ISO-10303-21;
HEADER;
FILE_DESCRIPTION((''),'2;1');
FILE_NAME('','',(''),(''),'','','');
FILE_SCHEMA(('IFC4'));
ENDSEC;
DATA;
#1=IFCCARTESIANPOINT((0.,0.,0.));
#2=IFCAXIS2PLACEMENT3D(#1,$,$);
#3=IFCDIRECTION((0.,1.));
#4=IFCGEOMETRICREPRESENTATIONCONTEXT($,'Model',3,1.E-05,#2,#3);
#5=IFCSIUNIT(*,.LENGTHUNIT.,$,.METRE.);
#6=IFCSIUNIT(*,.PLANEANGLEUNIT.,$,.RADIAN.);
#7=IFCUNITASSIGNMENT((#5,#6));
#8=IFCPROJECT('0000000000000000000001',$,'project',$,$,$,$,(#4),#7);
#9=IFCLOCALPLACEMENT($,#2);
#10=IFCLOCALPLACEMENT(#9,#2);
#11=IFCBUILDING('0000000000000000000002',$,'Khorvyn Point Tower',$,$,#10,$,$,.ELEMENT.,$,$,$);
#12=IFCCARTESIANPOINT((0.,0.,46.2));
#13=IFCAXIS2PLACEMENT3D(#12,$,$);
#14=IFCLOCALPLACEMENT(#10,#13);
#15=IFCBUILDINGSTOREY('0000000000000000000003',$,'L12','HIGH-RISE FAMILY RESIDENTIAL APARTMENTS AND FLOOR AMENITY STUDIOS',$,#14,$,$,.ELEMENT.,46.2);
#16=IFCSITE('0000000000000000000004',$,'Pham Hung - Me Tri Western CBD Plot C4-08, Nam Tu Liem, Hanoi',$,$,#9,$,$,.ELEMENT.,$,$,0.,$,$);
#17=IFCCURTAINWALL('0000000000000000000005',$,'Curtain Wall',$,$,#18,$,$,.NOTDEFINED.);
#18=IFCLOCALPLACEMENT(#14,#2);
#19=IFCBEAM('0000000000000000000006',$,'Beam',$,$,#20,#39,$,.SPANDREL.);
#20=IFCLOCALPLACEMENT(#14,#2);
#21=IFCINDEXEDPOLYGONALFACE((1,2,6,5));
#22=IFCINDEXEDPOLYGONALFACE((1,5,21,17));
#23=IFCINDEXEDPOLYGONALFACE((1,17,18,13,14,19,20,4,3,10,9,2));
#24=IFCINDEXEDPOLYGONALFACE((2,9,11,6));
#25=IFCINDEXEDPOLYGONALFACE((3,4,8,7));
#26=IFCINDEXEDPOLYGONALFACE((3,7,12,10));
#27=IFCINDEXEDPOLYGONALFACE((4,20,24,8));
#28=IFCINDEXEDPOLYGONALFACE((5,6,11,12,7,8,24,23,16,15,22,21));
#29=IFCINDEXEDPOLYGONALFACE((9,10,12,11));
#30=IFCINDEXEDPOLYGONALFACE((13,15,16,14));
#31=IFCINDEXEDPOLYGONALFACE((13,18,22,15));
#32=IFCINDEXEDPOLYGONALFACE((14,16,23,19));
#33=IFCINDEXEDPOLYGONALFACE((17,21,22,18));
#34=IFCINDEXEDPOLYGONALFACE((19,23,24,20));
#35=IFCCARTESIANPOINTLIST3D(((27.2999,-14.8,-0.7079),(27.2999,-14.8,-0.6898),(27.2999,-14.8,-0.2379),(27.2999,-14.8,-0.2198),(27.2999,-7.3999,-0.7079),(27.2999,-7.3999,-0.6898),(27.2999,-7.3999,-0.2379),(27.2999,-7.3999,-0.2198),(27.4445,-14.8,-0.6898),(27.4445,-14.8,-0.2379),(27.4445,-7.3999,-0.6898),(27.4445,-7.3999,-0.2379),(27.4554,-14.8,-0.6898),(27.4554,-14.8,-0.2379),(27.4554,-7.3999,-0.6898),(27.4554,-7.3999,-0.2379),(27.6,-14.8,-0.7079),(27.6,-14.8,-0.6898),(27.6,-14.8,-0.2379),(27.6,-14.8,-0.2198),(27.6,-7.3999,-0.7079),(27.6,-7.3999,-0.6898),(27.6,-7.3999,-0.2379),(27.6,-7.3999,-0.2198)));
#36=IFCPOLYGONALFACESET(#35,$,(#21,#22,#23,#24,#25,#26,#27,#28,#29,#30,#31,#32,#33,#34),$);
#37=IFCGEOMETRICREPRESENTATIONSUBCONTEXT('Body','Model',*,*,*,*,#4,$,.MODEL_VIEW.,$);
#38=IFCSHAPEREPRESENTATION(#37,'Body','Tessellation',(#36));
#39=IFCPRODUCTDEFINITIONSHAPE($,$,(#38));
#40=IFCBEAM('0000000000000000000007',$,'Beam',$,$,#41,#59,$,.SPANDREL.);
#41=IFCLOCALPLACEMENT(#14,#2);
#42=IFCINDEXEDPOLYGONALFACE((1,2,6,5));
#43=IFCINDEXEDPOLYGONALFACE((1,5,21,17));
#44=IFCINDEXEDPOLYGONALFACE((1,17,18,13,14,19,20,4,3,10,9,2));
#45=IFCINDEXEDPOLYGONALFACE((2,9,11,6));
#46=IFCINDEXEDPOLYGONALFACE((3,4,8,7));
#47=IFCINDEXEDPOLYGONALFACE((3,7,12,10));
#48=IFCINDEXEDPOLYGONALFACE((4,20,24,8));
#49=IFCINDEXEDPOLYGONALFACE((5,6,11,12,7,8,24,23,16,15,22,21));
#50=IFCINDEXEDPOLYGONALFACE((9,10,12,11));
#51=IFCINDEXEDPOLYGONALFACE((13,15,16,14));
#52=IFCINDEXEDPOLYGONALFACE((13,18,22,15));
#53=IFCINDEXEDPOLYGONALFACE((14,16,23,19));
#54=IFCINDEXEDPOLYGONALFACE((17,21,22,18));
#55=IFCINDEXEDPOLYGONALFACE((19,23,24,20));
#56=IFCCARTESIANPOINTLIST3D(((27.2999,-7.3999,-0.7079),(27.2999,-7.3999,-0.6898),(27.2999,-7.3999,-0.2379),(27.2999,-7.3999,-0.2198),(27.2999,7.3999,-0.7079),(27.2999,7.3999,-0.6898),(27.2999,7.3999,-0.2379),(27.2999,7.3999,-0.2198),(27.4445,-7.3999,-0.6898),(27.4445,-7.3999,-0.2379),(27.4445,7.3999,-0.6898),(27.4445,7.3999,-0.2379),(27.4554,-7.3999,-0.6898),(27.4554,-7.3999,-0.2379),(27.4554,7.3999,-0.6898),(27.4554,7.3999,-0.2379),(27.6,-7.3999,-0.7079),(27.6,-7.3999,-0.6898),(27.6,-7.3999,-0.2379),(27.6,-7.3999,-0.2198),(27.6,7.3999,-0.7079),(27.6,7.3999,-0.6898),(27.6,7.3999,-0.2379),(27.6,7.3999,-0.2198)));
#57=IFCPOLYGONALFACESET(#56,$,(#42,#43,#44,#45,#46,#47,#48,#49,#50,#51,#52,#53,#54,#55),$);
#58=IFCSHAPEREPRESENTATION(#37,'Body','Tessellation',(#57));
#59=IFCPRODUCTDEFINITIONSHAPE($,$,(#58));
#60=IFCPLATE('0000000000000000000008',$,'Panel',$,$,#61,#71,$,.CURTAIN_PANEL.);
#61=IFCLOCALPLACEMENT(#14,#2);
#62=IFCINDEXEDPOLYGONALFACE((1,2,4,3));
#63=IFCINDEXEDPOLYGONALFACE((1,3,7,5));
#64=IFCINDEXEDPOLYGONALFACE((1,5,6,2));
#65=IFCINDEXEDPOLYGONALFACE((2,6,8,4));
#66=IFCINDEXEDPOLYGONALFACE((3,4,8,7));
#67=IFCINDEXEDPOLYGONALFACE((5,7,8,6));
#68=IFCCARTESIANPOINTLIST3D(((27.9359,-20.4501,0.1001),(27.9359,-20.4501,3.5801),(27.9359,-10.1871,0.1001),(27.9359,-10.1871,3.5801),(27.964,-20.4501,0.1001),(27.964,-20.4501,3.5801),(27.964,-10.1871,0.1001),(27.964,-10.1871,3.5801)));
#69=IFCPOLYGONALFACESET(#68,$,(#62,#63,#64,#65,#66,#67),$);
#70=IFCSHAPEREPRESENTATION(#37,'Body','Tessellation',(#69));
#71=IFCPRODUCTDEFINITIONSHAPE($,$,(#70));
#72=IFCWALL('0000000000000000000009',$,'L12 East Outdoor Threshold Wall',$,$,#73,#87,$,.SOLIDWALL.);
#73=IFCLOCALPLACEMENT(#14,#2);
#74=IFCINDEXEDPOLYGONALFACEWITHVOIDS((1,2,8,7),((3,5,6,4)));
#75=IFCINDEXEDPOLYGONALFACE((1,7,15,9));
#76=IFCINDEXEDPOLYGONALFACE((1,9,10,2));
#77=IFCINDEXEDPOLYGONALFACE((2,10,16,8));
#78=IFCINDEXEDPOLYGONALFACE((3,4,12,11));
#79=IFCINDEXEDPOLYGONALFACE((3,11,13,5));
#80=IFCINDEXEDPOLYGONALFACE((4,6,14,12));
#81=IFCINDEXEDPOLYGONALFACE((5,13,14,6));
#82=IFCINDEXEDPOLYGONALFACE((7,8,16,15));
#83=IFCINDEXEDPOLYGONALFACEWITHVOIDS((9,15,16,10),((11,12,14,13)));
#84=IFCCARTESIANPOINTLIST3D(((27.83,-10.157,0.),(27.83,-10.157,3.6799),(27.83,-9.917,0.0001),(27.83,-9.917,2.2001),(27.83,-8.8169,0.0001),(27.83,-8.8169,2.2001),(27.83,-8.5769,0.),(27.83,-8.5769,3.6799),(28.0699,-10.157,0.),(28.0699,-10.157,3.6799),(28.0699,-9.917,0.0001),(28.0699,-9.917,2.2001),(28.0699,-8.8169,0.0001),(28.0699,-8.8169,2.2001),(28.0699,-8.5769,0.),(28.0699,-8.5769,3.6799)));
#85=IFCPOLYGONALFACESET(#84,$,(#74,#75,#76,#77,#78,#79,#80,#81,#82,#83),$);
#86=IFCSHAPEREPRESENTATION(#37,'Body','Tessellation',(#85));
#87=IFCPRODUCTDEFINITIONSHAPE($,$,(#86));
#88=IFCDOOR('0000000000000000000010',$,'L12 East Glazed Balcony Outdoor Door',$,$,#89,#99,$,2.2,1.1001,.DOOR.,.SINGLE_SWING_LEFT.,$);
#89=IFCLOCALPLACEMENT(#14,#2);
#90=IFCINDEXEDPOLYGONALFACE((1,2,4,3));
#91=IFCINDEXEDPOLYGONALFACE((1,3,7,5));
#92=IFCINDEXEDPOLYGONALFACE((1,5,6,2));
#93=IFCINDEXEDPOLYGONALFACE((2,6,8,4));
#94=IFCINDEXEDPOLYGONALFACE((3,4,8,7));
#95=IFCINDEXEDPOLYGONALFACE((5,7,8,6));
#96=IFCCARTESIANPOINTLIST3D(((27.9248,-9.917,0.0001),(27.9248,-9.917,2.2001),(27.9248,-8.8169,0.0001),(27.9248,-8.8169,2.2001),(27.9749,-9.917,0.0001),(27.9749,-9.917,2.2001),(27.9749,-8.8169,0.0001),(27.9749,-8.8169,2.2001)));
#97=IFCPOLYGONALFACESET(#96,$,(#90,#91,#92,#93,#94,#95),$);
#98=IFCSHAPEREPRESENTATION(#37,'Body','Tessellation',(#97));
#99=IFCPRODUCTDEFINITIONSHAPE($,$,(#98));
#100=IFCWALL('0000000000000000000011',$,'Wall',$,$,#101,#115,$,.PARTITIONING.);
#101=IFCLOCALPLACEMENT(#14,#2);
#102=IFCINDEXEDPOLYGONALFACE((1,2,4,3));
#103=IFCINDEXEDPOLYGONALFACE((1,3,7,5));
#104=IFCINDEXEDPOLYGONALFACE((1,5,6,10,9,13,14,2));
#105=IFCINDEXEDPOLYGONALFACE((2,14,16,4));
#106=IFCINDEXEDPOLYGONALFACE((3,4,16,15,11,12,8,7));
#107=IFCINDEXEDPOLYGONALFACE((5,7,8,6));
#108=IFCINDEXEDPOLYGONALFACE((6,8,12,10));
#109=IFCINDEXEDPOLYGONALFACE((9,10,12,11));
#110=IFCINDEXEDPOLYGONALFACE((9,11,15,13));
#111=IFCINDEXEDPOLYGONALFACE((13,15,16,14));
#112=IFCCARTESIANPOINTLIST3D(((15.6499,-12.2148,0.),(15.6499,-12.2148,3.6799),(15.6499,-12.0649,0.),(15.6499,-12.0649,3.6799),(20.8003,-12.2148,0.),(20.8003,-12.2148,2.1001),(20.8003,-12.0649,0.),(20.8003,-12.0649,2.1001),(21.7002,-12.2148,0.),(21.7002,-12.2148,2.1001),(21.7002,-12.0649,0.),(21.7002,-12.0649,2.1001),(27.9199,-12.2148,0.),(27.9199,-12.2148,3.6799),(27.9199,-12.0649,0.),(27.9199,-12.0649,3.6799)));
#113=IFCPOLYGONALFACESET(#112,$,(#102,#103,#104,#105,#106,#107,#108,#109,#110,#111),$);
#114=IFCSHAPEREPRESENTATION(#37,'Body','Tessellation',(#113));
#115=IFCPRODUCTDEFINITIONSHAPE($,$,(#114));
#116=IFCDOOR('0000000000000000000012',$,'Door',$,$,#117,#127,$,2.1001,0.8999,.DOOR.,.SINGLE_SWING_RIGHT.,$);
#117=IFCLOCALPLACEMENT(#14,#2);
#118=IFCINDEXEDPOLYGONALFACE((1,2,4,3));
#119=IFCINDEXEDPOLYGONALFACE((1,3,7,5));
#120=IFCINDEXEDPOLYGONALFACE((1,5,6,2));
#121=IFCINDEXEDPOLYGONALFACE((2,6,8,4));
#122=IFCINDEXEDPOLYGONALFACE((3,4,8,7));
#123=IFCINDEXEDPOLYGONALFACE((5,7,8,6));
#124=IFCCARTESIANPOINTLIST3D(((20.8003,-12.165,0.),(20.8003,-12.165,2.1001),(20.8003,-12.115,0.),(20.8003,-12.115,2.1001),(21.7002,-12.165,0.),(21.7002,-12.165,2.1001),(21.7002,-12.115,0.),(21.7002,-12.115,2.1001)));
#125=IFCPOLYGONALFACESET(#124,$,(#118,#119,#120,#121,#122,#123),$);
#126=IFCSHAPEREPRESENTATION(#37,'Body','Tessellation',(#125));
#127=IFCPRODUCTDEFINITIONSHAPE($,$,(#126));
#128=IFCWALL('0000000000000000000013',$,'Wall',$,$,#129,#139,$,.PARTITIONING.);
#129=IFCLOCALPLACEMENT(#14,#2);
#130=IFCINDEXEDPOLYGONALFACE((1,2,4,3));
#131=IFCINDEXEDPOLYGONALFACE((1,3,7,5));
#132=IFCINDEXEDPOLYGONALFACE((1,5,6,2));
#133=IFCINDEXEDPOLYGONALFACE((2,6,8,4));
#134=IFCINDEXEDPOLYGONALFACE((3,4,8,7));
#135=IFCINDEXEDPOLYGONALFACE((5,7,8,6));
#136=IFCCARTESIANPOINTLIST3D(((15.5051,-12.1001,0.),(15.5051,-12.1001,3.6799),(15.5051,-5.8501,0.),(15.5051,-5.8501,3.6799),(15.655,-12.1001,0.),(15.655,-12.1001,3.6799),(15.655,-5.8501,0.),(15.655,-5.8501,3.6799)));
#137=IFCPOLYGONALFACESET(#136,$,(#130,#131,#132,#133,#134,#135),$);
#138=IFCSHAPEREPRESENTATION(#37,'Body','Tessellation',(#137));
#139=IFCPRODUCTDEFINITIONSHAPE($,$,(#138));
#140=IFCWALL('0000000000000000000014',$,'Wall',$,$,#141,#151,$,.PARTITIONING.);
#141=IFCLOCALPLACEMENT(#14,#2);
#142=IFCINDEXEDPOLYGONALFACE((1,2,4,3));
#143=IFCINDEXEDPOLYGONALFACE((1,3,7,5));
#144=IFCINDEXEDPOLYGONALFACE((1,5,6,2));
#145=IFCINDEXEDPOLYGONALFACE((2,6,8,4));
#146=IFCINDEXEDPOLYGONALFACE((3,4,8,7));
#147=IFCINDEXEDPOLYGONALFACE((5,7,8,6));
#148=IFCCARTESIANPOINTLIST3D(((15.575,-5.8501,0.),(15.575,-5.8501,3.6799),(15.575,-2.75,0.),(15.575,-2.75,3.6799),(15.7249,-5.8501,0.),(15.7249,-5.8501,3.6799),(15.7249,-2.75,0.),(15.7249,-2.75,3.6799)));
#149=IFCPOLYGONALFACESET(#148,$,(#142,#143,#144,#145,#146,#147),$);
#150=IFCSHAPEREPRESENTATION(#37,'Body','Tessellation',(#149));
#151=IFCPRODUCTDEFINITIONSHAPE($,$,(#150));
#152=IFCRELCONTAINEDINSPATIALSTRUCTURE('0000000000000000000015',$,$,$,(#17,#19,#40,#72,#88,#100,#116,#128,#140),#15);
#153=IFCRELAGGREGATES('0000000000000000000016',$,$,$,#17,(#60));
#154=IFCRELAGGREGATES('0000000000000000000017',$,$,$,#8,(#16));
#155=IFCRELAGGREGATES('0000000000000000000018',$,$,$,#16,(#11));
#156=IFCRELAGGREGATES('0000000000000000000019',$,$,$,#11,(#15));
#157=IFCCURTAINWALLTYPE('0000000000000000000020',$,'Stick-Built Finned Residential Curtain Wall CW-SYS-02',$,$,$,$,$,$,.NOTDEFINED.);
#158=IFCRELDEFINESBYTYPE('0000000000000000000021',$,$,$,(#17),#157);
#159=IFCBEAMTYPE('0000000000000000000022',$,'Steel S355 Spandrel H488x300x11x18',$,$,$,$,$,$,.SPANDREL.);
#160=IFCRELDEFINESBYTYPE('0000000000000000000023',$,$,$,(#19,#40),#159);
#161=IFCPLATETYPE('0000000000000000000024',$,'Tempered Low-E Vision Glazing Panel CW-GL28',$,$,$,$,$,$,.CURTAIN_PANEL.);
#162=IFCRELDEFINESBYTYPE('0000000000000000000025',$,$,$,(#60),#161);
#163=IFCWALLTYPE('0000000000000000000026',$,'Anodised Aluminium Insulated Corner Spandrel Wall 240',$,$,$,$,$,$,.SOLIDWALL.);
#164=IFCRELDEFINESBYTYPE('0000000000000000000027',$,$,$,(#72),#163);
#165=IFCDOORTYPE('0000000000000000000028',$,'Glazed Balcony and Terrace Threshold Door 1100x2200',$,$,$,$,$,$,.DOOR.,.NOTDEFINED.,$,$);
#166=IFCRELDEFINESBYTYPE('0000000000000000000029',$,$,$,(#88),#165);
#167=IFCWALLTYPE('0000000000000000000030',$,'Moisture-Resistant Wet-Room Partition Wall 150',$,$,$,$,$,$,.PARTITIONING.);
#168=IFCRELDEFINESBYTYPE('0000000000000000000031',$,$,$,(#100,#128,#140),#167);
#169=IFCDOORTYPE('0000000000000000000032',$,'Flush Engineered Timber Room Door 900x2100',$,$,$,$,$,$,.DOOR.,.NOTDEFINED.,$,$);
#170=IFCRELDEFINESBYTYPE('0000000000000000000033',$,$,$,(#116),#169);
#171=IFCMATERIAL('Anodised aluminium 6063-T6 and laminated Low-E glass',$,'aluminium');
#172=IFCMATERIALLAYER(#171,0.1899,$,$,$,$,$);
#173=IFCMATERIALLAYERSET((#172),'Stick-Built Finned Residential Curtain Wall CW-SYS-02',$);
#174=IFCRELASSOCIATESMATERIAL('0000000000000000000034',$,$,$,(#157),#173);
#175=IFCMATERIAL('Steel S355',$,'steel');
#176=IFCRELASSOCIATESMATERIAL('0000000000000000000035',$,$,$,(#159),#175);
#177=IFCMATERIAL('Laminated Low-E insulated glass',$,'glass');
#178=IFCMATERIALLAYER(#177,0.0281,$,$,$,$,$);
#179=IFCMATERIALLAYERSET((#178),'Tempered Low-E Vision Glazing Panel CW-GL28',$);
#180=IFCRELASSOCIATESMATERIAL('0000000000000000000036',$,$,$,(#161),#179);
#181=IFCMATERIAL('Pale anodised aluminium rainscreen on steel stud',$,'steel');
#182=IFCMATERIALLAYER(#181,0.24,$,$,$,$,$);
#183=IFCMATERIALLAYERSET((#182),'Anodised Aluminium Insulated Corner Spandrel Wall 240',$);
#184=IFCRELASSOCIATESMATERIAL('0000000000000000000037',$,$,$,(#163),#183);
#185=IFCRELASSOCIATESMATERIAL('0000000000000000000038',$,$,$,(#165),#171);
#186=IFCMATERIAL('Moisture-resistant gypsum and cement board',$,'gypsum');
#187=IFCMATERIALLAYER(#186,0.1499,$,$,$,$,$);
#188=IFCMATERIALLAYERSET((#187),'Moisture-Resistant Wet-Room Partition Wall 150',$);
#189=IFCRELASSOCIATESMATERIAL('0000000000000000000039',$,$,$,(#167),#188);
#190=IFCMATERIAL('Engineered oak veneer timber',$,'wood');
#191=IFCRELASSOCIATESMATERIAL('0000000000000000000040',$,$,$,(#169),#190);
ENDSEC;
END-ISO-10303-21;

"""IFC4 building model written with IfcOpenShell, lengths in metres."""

from ifc_helpers import new_model, si_unit, direction, frame, frame_2d, origin, origin_2d, place, context, subcontext, project, spatial, rectangle, i_section, extrude, material, layer, layer_set, material_profile, profile_set, type_object, element, fill, aggregate, save


model = new_model("IFC4")

# Units and contexts
model_context = context("Model", 3, precision=1e-05, world=origin(), true_north=direction((0.0, 1.0)))
body_context = subcontext(model_context, "Body", "Model", "MODEL_VIEW")
ifc_project = project(units=[si_unit("LENGTHUNIT", "METRE"), si_unit("PLANEANGLEUNIT", "RADIAN")], contexts=[model_context])

# Site, building, storey
site_placement = place(None, origin())
site = spatial("IfcSite", under=ifc_project, at=site_placement, Name="Pham Hung - Me Tri Western CBD Plot C4-08, Nam Tu Liem, Hanoi", CompositionType="ELEMENT", RefElevation=0.0)
building_placement = place(site_placement, origin())
building = spatial("IfcBuilding", under=site, at=building_placement, Name="Khorvyn Point Tower", CompositionType="ELEMENT")
storey_placement = place(building_placement, frame((0.0, 0.0, 46.2)))
storey = spatial("IfcBuildingStorey", under=building, at=storey_placement, Name="L12", Description="HIGH-RISE FAMILY RESIDENTIAL APARTMENTS AND FLOOR AMENITY STUDIOS", CompositionType="ELEMENT", Elevation=46.2)

# Shared definitions
ifc_material_1 = material(Name="Anodised aluminium 6063-T6 and laminated Low-E glass", Category="aluminium")
ifc_layer_1 = layer(ifc_material_1, 0.1899)
ifc_layer_set_1 = layer_set([ifc_layer_1], Name="Stick-Built Finned Residential Curtain Wall CW-SYS-02")
curtain_wall_type = type_object("IfcCurtainWallType", Name="Stick-Built Finned Residential Curtain Wall CW-SYS-02", PredefinedType="NOTDEFINED", material=ifc_layer_set_1)

# Curtain wall
curtain_wall_1_placement = place(storey_placement, origin())
curtain_wall_1 = element("IfcCurtainWall", 1, at=curtain_wall_1_placement, inside=storey, type_object=curtain_wall_type, Name="Curtain Wall", PredefinedType="NOTDEFINED")

# Beams
ifc_material_2 = material(Name="Steel S355", Category="steel")
ifc_material_profile_1 = material_profile(ifc_material_2, i_section(OverallWidth=0.3, OverallDepth=0.488, WebThickness=0.011, FlangeThickness=0.0181, at=origin_2d()))
ifc_profile_set_1 = profile_set([ifc_material_profile_1], Name="Steel S355 H488x300x11x18")
beam_type_1 = type_object("IfcBeamType", Name="Steel S355 Spandrel H488x300x11x18", PredefinedType="SPANDREL", material=ifc_profile_set_1)
beam_1_placement = place(storey_placement, frame((27.45, -14.8, -0.4639), z_axis=(0.0, 1.0, 0.0), x_axis=(-1.0, 0.0, 0.0)))
element("IfcBeam", 2, at=beam_1_placement, inside=storey, type_object=beam_type_1, Name="Beam", PredefinedType="SPANDREL", context=body_context, shape_type="SweptSolid", body=[
    extrude(i_section(OverallWidth=0.3, OverallDepth=0.488, WebThickness=0.011, FlangeThickness=0.0181, at=origin_2d()), origin(), (0.0, 0.0, 1.0), 7.4001),
])
beam_2_placement = place(storey_placement, frame((27.45, -7.3999, -0.4639), z_axis=(0.0, 1.0, 0.0), x_axis=(-1.0, 0.0, 0.0)))
element("IfcBeam", 3, at=beam_2_placement, inside=storey, type_object=beam_type_1, Name="Beam", PredefinedType="SPANDREL", context=body_context, shape_type="SweptSolid", body=[
    extrude(i_section(OverallWidth=0.3, OverallDepth=0.488, WebThickness=0.011, FlangeThickness=0.0181, at=origin_2d()), origin(), (0.0, 0.0, 1.0), 14.7998),
])

# Plate
ifc_material_3 = material(Name="Laminated Low-E insulated glass", Category="glass")
ifc_layer_2 = layer(ifc_material_3, 0.0281)
ifc_layer_set_2 = layer_set([ifc_layer_2], Name="Tempered Low-E Vision Glazing Panel CW-GL28")
plate_type = type_object("IfcPlateType", Name="Tempered Low-E Vision Glazing Panel CW-GL28", PredefinedType="CURTAIN_PANEL", material=ifc_layer_set_2)
plate_placement = place(storey_placement, frame((27.95, -15.3186, 0.1001), z_axis=(0.0, 0.0, 1.0), x_axis=(0.0, -1.0, 0.0)))
plate = element("IfcPlate", 4, at=plate_placement, type_object=plate_type, Name="Panel", PredefinedType="CURTAIN_PANEL", context=body_context, shape_type="SweptSolid", body=[
    extrude(rectangle(XDim=10.2629, YDim=0.0281, at=origin_2d()), origin(), (0.0, 0.0, 1.0), 3.48),
])
aggregate(curtain_wall_1, [plate])

# Walls, openings, doors
ifc_material_4 = material(Name="Pale anodised aluminium rainscreen on steel stud", Category="steel")
ifc_layer_3 = layer(ifc_material_4, 0.24)
ifc_layer_set_3 = layer_set([ifc_layer_3], Name="Anodised Aluminium Insulated Corner Spandrel Wall 240")
wall_type_1 = type_object("IfcWallType", Name="Anodised Aluminium Insulated Corner Spandrel Wall 240", PredefinedType="SOLIDWALL", material=ifc_layer_set_3)
wall_1_placement = place(storey_placement, frame((27.95, -8.5769, 0.0), z_axis=(0.0, 0.0, 1.0), x_axis=(0.0, -1.0, 0.0)))
wall_1 = element("IfcWall", 5, at=wall_1_placement, inside=storey, type_object=wall_type_1, Name="L12 East Outdoor Threshold Wall", PredefinedType="SOLIDWALL", context=body_context, shape_type="SweptSolid", body=[
    extrude(rectangle(XDim=1.5801, YDim=0.24, at=frame_2d((0.79, 0.0))), origin(), (0.0, 0.0, 1.0), 3.6799),
])
opening_1_placement = place(wall_1_placement, frame((0.24, 0.0, 0.0)))
opening_1 = element("IfcOpeningElement", 6, at=opening_1_placement, cuts=wall_1, PredefinedType="OPENING", context=body_context, shape_type="SweptSolid", body=[
    extrude(rectangle(XDim=1.1001, YDim=2.2, at=frame_2d((0.55, 1.1001))), frame((0.0, 0.1299, 0.0), z_axis=(0.0, -1.0, 0.0), x_axis=(1.0, 0.0, 0.0)), (0.0, 0.0, 1.0), 0.26),
])
door_type_1 = type_object("IfcDoorType", Name="Glazed Balcony and Terrace Threshold Door 1100x2200", OperationType="NOTDEFINED", PredefinedType="DOOR", material=ifc_material_1)
door_1_placement = place(opening_1_placement, origin())
door_1 = element("IfcDoor", 7, at=door_1_placement, inside=storey, type_object=door_type_1, Name="L12 East Glazed Balcony Outdoor Door", OperationType="SINGLE_SWING_LEFT", OverallHeight=2.2, OverallWidth=1.1001, PredefinedType="DOOR", context=body_context, shape_type="SweptSolid", body=[
    extrude(rectangle(XDim=1.1001, YDim=2.2, at=frame_2d((0.55, 1.1001))), frame((0.0, 0.0249, 0.0), z_axis=(0.0, -1.0, 0.0), x_axis=(1.0, 0.0, 0.0)), (0.0, 0.0, 1.0), 0.05),
])
fill(opening_1, door_1)
ifc_material_5 = material(Name="Moisture-resistant gypsum and cement board", Category="gypsum")
ifc_layer_4 = layer(ifc_material_5, 0.1499)
ifc_layer_set_4 = layer_set([ifc_layer_4], Name="Moisture-Resistant Wet-Room Partition Wall 150")
wall_type_2 = type_object("IfcWallType", Name="Moisture-Resistant Wet-Room Partition Wall 150", PredefinedType="PARTITIONING", material=ifc_layer_set_4)
wall_2_placement = place(storey_placement, frame((15.6499, -12.1399, 0.0), z_axis=(0.0, 0.0, 1.0), x_axis=(1.0, 0.0, 0.0)))
wall_2 = element("IfcWall", 8, at=wall_2_placement, inside=storey, type_object=wall_type_2, Name="Wall", PredefinedType="PARTITIONING", context=body_context, shape_type="SweptSolid", body=[
    extrude(rectangle(XDim=12.27, YDim=0.1499, at=frame_2d((6.135, 0.0))), origin(), (0.0, 0.0, 1.0), 3.6799),
])
opening_2_placement = place(wall_2_placement, frame((5.1504, 0.0, 0.0)))
opening_2 = element("IfcOpeningElement", 9, at=opening_2_placement, cuts=wall_2, PredefinedType="OPENING", context=body_context, shape_type="SweptSolid", body=[
    extrude(rectangle(XDim=0.8999, YDim=2.1001, at=frame_2d((0.45, 1.05))), frame((0.0, 0.085, 0.0), z_axis=(0.0, -1.0, 0.0), x_axis=(1.0, 0.0, 0.0)), (0.0, 0.0, 1.0), 0.1699),
])
ifc_material_6 = material(Name="Engineered oak veneer timber", Category="wood")
door_type_2 = type_object("IfcDoorType", Name="Flush Engineered Timber Room Door 900x2100", OperationType="NOTDEFINED", PredefinedType="DOOR", material=ifc_material_6)
door_2_placement = place(opening_2_placement, origin())
door_2 = element("IfcDoor", 10, at=door_2_placement, inside=storey, type_object=door_type_2, Name="Door", OperationType="SINGLE_SWING_RIGHT", OverallHeight=2.1001, OverallWidth=0.8999, PredefinedType="DOOR", context=body_context, shape_type="SweptSolid", body=[
    extrude(rectangle(XDim=0.8999, YDim=2.1001, at=frame_2d((0.45, 1.05))), frame((0.0, 0.0249, 0.0), z_axis=(0.0, -1.0, 0.0), x_axis=(1.0, 0.0, 0.0)), (0.0, 0.0, 1.0), 0.05),
])
fill(opening_2, door_2)

# Walls
wall_3_placement = place(storey_placement, frame((15.5801, -12.1001, 0.0), z_axis=(0.0, 0.0, 1.0), x_axis=(0.0, 1.0, 0.0)))
element("IfcWall", 11, at=wall_3_placement, inside=storey, type_object=wall_type_2, Name="Wall", PredefinedType="PARTITIONING", context=body_context, shape_type="SweptSolid", body=[
    extrude(rectangle(XDim=6.25, YDim=0.1499, at=frame_2d((3.125, 0.0))), origin(), (0.0, 0.0, 1.0), 3.6799),
])
wall_4_placement = place(storey_placement, frame((15.6499, -5.8501, 0.0), z_axis=(0.0, 0.0, 1.0), x_axis=(0.0, 1.0, 0.0)))
element("IfcWall", 12, at=wall_4_placement, inside=storey, type_object=wall_type_2, Name="Wall", PredefinedType="PARTITIONING", context=body_context, shape_type="SweptSolid", body=[
    extrude(rectangle(XDim=3.1001, YDim=0.1499, at=frame_2d((1.55, 0.0))), origin(), (0.0, 0.0, 1.0), 3.6799),
])

save(model, "model.ifc")
